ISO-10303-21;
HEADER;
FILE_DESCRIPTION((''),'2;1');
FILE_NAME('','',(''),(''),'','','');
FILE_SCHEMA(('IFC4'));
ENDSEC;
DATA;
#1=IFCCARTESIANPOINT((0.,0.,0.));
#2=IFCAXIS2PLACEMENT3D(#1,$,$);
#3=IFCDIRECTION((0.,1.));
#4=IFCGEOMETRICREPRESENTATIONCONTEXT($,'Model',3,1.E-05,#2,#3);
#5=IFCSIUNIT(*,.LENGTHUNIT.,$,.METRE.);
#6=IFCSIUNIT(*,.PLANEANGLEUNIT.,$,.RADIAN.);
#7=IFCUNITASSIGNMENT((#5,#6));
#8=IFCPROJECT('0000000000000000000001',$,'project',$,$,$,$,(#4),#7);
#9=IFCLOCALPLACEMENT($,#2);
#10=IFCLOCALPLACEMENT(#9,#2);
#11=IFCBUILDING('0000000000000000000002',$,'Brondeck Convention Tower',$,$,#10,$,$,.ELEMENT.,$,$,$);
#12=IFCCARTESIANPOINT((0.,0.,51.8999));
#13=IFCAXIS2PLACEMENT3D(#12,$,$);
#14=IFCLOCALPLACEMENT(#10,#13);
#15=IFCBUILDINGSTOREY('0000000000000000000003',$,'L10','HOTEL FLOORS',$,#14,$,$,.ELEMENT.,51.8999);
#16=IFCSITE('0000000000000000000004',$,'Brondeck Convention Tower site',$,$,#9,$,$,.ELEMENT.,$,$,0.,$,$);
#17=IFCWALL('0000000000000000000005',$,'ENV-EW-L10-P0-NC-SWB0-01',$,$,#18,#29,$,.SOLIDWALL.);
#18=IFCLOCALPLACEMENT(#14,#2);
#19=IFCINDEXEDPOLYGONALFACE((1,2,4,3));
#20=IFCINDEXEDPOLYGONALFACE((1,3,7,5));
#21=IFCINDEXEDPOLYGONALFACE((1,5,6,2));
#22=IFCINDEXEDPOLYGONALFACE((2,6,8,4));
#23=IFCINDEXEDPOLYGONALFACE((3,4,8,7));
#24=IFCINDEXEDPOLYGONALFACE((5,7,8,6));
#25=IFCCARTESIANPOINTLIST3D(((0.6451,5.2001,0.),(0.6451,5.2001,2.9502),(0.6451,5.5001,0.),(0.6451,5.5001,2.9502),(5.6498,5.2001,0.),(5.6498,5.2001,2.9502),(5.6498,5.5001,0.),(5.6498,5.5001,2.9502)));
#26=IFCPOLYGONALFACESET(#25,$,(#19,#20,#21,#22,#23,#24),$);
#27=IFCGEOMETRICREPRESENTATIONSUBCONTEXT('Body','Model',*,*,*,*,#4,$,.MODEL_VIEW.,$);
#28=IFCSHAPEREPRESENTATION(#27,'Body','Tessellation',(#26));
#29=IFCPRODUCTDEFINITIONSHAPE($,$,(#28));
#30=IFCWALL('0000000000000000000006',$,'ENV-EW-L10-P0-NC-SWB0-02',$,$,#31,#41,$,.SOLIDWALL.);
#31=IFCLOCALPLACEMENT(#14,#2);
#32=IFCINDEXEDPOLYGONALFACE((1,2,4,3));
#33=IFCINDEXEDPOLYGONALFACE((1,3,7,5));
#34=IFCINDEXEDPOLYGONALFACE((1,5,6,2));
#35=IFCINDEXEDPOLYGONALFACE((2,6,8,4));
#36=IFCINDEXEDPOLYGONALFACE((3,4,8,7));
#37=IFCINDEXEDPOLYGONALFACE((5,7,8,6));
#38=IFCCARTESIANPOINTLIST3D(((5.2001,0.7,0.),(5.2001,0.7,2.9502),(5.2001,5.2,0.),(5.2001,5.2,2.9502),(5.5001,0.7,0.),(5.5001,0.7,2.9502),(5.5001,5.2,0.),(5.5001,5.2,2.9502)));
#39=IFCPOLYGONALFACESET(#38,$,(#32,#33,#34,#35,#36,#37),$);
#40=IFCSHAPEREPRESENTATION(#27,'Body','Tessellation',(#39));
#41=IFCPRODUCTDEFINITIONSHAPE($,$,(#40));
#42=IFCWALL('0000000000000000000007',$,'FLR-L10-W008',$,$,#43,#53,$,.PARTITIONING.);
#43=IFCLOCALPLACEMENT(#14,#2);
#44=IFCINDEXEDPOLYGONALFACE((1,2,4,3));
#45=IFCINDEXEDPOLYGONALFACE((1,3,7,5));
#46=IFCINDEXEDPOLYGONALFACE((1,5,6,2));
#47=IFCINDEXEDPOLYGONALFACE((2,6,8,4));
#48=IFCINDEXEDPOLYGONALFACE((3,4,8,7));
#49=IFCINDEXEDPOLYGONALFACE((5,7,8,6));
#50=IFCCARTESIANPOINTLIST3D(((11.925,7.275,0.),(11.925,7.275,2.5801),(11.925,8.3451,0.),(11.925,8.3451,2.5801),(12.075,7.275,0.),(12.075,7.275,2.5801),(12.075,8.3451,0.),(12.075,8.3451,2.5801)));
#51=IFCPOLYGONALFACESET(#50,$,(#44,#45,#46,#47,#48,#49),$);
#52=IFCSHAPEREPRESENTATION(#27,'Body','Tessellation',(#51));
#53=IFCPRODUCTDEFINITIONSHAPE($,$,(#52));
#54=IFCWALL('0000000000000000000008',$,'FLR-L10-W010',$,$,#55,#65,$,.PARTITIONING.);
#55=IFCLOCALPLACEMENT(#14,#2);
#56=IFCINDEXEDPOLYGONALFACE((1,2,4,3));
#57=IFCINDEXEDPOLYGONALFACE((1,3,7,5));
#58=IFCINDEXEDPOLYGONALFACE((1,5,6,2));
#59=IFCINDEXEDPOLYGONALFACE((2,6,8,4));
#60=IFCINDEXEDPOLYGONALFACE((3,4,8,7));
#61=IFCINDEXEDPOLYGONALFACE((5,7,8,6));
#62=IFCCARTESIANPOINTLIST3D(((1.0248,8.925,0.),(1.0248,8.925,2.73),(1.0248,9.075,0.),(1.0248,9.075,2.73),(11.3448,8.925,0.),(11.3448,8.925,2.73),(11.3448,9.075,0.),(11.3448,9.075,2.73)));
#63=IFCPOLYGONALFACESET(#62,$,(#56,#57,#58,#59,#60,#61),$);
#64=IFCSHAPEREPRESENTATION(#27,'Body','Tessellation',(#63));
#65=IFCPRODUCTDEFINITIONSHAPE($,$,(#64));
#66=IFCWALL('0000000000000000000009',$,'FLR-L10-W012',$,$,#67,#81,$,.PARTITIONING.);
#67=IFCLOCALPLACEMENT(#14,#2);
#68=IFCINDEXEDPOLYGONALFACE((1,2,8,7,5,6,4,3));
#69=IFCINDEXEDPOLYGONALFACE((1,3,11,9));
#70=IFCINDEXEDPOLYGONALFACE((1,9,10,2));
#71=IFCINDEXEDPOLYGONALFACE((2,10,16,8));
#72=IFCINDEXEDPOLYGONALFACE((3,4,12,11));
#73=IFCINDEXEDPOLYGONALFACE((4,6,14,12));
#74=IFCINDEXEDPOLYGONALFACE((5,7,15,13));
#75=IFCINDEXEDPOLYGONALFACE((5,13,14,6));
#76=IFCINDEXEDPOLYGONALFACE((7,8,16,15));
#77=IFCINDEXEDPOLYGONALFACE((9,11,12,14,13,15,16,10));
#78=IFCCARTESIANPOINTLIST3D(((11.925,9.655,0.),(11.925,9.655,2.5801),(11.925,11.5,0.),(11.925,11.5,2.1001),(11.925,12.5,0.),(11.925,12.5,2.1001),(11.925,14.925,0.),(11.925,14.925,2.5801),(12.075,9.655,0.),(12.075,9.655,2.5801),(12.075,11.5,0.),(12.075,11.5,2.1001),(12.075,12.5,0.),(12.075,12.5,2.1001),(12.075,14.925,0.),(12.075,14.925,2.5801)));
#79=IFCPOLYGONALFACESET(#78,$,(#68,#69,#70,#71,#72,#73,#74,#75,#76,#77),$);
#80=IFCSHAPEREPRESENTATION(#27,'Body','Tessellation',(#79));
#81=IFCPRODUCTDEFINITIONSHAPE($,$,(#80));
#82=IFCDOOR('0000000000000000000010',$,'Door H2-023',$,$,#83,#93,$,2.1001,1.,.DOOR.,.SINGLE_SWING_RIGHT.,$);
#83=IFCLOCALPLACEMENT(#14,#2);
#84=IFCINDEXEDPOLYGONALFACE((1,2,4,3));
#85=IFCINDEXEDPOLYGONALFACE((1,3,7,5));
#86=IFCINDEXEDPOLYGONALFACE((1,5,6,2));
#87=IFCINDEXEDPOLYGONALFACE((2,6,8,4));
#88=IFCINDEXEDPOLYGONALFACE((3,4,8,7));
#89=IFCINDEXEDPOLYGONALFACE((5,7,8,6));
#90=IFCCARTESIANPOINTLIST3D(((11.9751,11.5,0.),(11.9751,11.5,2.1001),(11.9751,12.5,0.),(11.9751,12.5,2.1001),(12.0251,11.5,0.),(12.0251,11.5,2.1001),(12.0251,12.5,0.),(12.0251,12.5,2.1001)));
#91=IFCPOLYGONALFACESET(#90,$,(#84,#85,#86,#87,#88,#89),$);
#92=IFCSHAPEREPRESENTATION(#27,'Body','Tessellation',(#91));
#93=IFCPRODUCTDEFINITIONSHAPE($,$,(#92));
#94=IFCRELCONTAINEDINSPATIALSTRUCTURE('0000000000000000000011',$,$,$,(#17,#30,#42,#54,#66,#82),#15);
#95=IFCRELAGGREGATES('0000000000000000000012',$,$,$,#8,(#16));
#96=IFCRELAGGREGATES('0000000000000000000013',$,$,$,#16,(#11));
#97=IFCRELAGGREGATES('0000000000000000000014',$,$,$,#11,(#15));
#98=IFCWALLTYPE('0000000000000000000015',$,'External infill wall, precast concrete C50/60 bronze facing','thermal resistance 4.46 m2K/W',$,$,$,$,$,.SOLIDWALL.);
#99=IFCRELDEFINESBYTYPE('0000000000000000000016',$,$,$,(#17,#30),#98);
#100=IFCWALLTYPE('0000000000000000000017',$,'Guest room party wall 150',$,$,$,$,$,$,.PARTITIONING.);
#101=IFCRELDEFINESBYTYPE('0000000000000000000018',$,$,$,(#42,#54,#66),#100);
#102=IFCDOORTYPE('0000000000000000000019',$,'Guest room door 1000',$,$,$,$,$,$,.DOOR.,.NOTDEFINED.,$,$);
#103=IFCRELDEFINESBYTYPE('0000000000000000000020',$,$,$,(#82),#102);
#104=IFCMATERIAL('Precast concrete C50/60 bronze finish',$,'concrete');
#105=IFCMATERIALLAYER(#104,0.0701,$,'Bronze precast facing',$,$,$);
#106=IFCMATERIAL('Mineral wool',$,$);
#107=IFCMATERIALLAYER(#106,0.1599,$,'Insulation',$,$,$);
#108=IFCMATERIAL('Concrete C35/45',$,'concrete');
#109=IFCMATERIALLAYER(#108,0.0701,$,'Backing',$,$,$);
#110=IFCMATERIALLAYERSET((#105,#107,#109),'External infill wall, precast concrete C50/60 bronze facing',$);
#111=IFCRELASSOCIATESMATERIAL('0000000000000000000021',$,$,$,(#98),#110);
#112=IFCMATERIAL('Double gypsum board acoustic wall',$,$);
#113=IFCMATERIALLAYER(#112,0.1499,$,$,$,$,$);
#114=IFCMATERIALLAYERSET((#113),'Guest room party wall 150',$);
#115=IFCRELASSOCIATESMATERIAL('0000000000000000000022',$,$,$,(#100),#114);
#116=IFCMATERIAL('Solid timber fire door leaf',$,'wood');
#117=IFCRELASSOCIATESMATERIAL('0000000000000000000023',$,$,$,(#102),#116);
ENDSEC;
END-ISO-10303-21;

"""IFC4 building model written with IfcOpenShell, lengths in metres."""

from ifc_helpers import new_model, si_unit, direction, frame, frame_2d, origin, place, context, subcontext, project, spatial, rectangle, extrude, material, layer, layer_set, type_object, element, fill, save


model = new_model("IFC4")

# Units and contexts
model_context = context("Model", 3, precision=1e-05, world=origin(), true_north=direction((0.0, 1.0)))
body_context = subcontext(model_context, "Body", "Model", "MODEL_VIEW")
ifc_project = project(units=[si_unit("LENGTHUNIT", "METRE"), si_unit("PLANEANGLEUNIT", "RADIAN")], contexts=[model_context])

# Site, building, storey
site_placement = place(None, origin())
site = spatial("IfcSite", under=ifc_project, at=site_placement, Name="Brondeck Convention Tower site", CompositionType="ELEMENT", RefElevation=0.0)
building_placement = place(site_placement, origin())
building = spatial("IfcBuilding", under=site, at=building_placement, Name="Brondeck Convention Tower", CompositionType="ELEMENT")
storey_placement = place(building_placement, frame((0.0, 0.0, 51.8999)))
storey = spatial("IfcBuildingStorey", under=building, at=storey_placement, Name="L10", Description="HOTEL FLOORS", CompositionType="ELEMENT", Elevation=51.8999)

# Shared definitions
ifc_material_1 = material(Name="Concrete C35/45", Category="concrete")

# Shared definitions
ifc_material_2 = material(Name="Precast concrete C50/60 bronze finish", Category="concrete")
ifc_layer_1 = layer(ifc_material_2, 0.0701, Name="Bronze precast facing")
ifc_material_3 = material(Name="Mineral wool")
ifc_layer_2 = layer(ifc_material_3, 0.1599, Name="Insulation")
ifc_layer_3 = layer(ifc_material_1, 0.0701, Name="Backing")
ifc_layer_set_1 = layer_set([ifc_layer_1, ifc_layer_2, ifc_layer_3], Name="External infill wall, precast concrete C50/60 bronze facing")
wall_type_1 = type_object("IfcWallType", Name="External infill wall, precast concrete C50/60 bronze facing", Description="thermal resistance 4.46 m2K/W", PredefinedType="SOLIDWALL", material=ifc_layer_set_1)

# Walls
wall_1_placement = place(storey_placement, frame((5.6499, 5.3501, 0.0), z_axis=(0.0, 0.0, 1.0), x_axis=(-1.0, 0.0, 0.0)))
element("IfcWall", 1, at=wall_1_placement, inside=storey, type_object=wall_type_1, Name="ENV-EW-L10-P0-NC-SWB0-01", PredefinedType="SOLIDWALL", context=body_context, shape_type="SweptSolid", body=[
    extrude(rectangle(XDim=5.0046, YDim=0.3, at=frame_2d((2.5024, 0.0))), origin(), (0.0, 0.0, 1.0), 2.9502),
])
wall_2_placement = place(storey_placement, frame((5.3501, 0.7, 0.0), z_axis=(0.0, 0.0, 1.0), x_axis=(0.0, 1.0, 0.0)))
element("IfcWall", 2, at=wall_2_placement, inside=storey, type_object=wall_type_1, Name="ENV-EW-L10-P0-NC-SWB0-02", PredefinedType="SOLIDWALL", context=body_context, shape_type="SweptSolid", body=[
    extrude(rectangle(XDim=4.5, YDim=0.3, at=frame_2d((2.25, 0.0))), origin(), (0.0, 0.0, 1.0), 2.9502),
])
ifc_material_4 = material(Name="Double gypsum board acoustic wall")
ifc_layer_4 = layer(ifc_material_4, 0.1499)
ifc_layer_set_2 = layer_set([ifc_layer_4], Name="Guest room party wall 150")
wall_type_2 = type_object("IfcWallType", Name="Guest room party wall 150", PredefinedType="PARTITIONING", material=ifc_layer_set_2)
wall_3_placement = place(storey_placement, frame((12.0, 7.2749, 0.0), z_axis=(0.0, 0.0, 1.0), x_axis=(0.0, 1.0, 0.0)))
element("IfcWall", 3, at=wall_3_placement, inside=storey, type_object=wall_type_2, Name="FLR-L10-W008", PredefinedType="PARTITIONING", context=body_context, shape_type="SweptSolid", body=[
    extrude(rectangle(XDim=1.0701, YDim=0.1499, at=frame_2d((0.5352, 0.0))), origin(), (0.0, 0.0, 1.0), 2.5801),
])
wall_4_placement = place(storey_placement, frame((11.345, 9.0, 0.0), z_axis=(0.0, 0.0, 1.0), x_axis=(-1.0, 0.0, 0.0)))
element("IfcWall", 4, at=wall_4_placement, inside=storey, type_object=wall_type_2, Name="FLR-L10-W010", PredefinedType="PARTITIONING", context=body_context, shape_type="SweptSolid", body=[
    extrude(rectangle(XDim=10.3201, YDim=0.1499, at=frame_2d((5.1602, 0.0))), origin(), (0.0, 0.0, 1.0), 2.73),
])

# Wall, opening, door
wall_5_placement = place(storey_placement, frame((12.0, 9.655, 0.0), z_axis=(0.0, 0.0, 1.0), x_axis=(0.0, 1.0, 0.0)))
wall_5 = element("IfcWall", 5, at=wall_5_placement, inside=storey, type_object=wall_type_2, Name="FLR-L10-W012", PredefinedType="PARTITIONING", context=body_context, shape_type="SweptSolid", body=[
    extrude(rectangle(XDim=5.27, YDim=0.1499, at=frame_2d((2.635, 0.0))), origin(), (0.0, 0.0, 1.0), 2.5801),
])
opening_1_placement = place(wall_5_placement, frame((1.845, 0.0, 0.0)))
opening_1 = element("IfcOpeningElement", 6, at=opening_1_placement, cuts=wall_5, PredefinedType="OPENING", context=body_context, shape_type="SweptSolid", body=[
    extrude(rectangle(XDim=1.0, YDim=2.1001, at=frame_2d((0.5, 1.05))), frame((0.0, 0.085, 0.0), z_axis=(0.0, -1.0, 0.0), x_axis=(1.0, 0.0, 0.0)), (0.0, 0.0, 1.0), 0.1699),
])
ifc_material_5 = material(Name="Solid timber fire door leaf", Category="wood")
door_type = type_object("IfcDoorType", Name="Guest room door 1000", OperationType="NOTDEFINED", PredefinedType="DOOR", material=ifc_material_5)
door_placement = place(opening_1_placement, origin())
door = element("IfcDoor", 7, at=door_placement, inside=storey, type_object=door_type, Name="Door H2-023", OperationType="SINGLE_SWING_RIGHT", OverallHeight=2.1001, OverallWidth=1.0, PredefinedType="DOOR", context=body_context, shape_type="SweptSolid", body=[
    extrude(rectangle(XDim=1.0, YDim=2.1001, at=frame_2d((0.5, 1.05))), frame((0.0, 0.0249, 0.0), z_axis=(0.0, -1.0, 0.0), x_axis=(1.0, 0.0, 0.0)), (0.0, 0.0, 1.0), 0.05),
])
fill(opening_1, door)

save(model, "model.ifc")
